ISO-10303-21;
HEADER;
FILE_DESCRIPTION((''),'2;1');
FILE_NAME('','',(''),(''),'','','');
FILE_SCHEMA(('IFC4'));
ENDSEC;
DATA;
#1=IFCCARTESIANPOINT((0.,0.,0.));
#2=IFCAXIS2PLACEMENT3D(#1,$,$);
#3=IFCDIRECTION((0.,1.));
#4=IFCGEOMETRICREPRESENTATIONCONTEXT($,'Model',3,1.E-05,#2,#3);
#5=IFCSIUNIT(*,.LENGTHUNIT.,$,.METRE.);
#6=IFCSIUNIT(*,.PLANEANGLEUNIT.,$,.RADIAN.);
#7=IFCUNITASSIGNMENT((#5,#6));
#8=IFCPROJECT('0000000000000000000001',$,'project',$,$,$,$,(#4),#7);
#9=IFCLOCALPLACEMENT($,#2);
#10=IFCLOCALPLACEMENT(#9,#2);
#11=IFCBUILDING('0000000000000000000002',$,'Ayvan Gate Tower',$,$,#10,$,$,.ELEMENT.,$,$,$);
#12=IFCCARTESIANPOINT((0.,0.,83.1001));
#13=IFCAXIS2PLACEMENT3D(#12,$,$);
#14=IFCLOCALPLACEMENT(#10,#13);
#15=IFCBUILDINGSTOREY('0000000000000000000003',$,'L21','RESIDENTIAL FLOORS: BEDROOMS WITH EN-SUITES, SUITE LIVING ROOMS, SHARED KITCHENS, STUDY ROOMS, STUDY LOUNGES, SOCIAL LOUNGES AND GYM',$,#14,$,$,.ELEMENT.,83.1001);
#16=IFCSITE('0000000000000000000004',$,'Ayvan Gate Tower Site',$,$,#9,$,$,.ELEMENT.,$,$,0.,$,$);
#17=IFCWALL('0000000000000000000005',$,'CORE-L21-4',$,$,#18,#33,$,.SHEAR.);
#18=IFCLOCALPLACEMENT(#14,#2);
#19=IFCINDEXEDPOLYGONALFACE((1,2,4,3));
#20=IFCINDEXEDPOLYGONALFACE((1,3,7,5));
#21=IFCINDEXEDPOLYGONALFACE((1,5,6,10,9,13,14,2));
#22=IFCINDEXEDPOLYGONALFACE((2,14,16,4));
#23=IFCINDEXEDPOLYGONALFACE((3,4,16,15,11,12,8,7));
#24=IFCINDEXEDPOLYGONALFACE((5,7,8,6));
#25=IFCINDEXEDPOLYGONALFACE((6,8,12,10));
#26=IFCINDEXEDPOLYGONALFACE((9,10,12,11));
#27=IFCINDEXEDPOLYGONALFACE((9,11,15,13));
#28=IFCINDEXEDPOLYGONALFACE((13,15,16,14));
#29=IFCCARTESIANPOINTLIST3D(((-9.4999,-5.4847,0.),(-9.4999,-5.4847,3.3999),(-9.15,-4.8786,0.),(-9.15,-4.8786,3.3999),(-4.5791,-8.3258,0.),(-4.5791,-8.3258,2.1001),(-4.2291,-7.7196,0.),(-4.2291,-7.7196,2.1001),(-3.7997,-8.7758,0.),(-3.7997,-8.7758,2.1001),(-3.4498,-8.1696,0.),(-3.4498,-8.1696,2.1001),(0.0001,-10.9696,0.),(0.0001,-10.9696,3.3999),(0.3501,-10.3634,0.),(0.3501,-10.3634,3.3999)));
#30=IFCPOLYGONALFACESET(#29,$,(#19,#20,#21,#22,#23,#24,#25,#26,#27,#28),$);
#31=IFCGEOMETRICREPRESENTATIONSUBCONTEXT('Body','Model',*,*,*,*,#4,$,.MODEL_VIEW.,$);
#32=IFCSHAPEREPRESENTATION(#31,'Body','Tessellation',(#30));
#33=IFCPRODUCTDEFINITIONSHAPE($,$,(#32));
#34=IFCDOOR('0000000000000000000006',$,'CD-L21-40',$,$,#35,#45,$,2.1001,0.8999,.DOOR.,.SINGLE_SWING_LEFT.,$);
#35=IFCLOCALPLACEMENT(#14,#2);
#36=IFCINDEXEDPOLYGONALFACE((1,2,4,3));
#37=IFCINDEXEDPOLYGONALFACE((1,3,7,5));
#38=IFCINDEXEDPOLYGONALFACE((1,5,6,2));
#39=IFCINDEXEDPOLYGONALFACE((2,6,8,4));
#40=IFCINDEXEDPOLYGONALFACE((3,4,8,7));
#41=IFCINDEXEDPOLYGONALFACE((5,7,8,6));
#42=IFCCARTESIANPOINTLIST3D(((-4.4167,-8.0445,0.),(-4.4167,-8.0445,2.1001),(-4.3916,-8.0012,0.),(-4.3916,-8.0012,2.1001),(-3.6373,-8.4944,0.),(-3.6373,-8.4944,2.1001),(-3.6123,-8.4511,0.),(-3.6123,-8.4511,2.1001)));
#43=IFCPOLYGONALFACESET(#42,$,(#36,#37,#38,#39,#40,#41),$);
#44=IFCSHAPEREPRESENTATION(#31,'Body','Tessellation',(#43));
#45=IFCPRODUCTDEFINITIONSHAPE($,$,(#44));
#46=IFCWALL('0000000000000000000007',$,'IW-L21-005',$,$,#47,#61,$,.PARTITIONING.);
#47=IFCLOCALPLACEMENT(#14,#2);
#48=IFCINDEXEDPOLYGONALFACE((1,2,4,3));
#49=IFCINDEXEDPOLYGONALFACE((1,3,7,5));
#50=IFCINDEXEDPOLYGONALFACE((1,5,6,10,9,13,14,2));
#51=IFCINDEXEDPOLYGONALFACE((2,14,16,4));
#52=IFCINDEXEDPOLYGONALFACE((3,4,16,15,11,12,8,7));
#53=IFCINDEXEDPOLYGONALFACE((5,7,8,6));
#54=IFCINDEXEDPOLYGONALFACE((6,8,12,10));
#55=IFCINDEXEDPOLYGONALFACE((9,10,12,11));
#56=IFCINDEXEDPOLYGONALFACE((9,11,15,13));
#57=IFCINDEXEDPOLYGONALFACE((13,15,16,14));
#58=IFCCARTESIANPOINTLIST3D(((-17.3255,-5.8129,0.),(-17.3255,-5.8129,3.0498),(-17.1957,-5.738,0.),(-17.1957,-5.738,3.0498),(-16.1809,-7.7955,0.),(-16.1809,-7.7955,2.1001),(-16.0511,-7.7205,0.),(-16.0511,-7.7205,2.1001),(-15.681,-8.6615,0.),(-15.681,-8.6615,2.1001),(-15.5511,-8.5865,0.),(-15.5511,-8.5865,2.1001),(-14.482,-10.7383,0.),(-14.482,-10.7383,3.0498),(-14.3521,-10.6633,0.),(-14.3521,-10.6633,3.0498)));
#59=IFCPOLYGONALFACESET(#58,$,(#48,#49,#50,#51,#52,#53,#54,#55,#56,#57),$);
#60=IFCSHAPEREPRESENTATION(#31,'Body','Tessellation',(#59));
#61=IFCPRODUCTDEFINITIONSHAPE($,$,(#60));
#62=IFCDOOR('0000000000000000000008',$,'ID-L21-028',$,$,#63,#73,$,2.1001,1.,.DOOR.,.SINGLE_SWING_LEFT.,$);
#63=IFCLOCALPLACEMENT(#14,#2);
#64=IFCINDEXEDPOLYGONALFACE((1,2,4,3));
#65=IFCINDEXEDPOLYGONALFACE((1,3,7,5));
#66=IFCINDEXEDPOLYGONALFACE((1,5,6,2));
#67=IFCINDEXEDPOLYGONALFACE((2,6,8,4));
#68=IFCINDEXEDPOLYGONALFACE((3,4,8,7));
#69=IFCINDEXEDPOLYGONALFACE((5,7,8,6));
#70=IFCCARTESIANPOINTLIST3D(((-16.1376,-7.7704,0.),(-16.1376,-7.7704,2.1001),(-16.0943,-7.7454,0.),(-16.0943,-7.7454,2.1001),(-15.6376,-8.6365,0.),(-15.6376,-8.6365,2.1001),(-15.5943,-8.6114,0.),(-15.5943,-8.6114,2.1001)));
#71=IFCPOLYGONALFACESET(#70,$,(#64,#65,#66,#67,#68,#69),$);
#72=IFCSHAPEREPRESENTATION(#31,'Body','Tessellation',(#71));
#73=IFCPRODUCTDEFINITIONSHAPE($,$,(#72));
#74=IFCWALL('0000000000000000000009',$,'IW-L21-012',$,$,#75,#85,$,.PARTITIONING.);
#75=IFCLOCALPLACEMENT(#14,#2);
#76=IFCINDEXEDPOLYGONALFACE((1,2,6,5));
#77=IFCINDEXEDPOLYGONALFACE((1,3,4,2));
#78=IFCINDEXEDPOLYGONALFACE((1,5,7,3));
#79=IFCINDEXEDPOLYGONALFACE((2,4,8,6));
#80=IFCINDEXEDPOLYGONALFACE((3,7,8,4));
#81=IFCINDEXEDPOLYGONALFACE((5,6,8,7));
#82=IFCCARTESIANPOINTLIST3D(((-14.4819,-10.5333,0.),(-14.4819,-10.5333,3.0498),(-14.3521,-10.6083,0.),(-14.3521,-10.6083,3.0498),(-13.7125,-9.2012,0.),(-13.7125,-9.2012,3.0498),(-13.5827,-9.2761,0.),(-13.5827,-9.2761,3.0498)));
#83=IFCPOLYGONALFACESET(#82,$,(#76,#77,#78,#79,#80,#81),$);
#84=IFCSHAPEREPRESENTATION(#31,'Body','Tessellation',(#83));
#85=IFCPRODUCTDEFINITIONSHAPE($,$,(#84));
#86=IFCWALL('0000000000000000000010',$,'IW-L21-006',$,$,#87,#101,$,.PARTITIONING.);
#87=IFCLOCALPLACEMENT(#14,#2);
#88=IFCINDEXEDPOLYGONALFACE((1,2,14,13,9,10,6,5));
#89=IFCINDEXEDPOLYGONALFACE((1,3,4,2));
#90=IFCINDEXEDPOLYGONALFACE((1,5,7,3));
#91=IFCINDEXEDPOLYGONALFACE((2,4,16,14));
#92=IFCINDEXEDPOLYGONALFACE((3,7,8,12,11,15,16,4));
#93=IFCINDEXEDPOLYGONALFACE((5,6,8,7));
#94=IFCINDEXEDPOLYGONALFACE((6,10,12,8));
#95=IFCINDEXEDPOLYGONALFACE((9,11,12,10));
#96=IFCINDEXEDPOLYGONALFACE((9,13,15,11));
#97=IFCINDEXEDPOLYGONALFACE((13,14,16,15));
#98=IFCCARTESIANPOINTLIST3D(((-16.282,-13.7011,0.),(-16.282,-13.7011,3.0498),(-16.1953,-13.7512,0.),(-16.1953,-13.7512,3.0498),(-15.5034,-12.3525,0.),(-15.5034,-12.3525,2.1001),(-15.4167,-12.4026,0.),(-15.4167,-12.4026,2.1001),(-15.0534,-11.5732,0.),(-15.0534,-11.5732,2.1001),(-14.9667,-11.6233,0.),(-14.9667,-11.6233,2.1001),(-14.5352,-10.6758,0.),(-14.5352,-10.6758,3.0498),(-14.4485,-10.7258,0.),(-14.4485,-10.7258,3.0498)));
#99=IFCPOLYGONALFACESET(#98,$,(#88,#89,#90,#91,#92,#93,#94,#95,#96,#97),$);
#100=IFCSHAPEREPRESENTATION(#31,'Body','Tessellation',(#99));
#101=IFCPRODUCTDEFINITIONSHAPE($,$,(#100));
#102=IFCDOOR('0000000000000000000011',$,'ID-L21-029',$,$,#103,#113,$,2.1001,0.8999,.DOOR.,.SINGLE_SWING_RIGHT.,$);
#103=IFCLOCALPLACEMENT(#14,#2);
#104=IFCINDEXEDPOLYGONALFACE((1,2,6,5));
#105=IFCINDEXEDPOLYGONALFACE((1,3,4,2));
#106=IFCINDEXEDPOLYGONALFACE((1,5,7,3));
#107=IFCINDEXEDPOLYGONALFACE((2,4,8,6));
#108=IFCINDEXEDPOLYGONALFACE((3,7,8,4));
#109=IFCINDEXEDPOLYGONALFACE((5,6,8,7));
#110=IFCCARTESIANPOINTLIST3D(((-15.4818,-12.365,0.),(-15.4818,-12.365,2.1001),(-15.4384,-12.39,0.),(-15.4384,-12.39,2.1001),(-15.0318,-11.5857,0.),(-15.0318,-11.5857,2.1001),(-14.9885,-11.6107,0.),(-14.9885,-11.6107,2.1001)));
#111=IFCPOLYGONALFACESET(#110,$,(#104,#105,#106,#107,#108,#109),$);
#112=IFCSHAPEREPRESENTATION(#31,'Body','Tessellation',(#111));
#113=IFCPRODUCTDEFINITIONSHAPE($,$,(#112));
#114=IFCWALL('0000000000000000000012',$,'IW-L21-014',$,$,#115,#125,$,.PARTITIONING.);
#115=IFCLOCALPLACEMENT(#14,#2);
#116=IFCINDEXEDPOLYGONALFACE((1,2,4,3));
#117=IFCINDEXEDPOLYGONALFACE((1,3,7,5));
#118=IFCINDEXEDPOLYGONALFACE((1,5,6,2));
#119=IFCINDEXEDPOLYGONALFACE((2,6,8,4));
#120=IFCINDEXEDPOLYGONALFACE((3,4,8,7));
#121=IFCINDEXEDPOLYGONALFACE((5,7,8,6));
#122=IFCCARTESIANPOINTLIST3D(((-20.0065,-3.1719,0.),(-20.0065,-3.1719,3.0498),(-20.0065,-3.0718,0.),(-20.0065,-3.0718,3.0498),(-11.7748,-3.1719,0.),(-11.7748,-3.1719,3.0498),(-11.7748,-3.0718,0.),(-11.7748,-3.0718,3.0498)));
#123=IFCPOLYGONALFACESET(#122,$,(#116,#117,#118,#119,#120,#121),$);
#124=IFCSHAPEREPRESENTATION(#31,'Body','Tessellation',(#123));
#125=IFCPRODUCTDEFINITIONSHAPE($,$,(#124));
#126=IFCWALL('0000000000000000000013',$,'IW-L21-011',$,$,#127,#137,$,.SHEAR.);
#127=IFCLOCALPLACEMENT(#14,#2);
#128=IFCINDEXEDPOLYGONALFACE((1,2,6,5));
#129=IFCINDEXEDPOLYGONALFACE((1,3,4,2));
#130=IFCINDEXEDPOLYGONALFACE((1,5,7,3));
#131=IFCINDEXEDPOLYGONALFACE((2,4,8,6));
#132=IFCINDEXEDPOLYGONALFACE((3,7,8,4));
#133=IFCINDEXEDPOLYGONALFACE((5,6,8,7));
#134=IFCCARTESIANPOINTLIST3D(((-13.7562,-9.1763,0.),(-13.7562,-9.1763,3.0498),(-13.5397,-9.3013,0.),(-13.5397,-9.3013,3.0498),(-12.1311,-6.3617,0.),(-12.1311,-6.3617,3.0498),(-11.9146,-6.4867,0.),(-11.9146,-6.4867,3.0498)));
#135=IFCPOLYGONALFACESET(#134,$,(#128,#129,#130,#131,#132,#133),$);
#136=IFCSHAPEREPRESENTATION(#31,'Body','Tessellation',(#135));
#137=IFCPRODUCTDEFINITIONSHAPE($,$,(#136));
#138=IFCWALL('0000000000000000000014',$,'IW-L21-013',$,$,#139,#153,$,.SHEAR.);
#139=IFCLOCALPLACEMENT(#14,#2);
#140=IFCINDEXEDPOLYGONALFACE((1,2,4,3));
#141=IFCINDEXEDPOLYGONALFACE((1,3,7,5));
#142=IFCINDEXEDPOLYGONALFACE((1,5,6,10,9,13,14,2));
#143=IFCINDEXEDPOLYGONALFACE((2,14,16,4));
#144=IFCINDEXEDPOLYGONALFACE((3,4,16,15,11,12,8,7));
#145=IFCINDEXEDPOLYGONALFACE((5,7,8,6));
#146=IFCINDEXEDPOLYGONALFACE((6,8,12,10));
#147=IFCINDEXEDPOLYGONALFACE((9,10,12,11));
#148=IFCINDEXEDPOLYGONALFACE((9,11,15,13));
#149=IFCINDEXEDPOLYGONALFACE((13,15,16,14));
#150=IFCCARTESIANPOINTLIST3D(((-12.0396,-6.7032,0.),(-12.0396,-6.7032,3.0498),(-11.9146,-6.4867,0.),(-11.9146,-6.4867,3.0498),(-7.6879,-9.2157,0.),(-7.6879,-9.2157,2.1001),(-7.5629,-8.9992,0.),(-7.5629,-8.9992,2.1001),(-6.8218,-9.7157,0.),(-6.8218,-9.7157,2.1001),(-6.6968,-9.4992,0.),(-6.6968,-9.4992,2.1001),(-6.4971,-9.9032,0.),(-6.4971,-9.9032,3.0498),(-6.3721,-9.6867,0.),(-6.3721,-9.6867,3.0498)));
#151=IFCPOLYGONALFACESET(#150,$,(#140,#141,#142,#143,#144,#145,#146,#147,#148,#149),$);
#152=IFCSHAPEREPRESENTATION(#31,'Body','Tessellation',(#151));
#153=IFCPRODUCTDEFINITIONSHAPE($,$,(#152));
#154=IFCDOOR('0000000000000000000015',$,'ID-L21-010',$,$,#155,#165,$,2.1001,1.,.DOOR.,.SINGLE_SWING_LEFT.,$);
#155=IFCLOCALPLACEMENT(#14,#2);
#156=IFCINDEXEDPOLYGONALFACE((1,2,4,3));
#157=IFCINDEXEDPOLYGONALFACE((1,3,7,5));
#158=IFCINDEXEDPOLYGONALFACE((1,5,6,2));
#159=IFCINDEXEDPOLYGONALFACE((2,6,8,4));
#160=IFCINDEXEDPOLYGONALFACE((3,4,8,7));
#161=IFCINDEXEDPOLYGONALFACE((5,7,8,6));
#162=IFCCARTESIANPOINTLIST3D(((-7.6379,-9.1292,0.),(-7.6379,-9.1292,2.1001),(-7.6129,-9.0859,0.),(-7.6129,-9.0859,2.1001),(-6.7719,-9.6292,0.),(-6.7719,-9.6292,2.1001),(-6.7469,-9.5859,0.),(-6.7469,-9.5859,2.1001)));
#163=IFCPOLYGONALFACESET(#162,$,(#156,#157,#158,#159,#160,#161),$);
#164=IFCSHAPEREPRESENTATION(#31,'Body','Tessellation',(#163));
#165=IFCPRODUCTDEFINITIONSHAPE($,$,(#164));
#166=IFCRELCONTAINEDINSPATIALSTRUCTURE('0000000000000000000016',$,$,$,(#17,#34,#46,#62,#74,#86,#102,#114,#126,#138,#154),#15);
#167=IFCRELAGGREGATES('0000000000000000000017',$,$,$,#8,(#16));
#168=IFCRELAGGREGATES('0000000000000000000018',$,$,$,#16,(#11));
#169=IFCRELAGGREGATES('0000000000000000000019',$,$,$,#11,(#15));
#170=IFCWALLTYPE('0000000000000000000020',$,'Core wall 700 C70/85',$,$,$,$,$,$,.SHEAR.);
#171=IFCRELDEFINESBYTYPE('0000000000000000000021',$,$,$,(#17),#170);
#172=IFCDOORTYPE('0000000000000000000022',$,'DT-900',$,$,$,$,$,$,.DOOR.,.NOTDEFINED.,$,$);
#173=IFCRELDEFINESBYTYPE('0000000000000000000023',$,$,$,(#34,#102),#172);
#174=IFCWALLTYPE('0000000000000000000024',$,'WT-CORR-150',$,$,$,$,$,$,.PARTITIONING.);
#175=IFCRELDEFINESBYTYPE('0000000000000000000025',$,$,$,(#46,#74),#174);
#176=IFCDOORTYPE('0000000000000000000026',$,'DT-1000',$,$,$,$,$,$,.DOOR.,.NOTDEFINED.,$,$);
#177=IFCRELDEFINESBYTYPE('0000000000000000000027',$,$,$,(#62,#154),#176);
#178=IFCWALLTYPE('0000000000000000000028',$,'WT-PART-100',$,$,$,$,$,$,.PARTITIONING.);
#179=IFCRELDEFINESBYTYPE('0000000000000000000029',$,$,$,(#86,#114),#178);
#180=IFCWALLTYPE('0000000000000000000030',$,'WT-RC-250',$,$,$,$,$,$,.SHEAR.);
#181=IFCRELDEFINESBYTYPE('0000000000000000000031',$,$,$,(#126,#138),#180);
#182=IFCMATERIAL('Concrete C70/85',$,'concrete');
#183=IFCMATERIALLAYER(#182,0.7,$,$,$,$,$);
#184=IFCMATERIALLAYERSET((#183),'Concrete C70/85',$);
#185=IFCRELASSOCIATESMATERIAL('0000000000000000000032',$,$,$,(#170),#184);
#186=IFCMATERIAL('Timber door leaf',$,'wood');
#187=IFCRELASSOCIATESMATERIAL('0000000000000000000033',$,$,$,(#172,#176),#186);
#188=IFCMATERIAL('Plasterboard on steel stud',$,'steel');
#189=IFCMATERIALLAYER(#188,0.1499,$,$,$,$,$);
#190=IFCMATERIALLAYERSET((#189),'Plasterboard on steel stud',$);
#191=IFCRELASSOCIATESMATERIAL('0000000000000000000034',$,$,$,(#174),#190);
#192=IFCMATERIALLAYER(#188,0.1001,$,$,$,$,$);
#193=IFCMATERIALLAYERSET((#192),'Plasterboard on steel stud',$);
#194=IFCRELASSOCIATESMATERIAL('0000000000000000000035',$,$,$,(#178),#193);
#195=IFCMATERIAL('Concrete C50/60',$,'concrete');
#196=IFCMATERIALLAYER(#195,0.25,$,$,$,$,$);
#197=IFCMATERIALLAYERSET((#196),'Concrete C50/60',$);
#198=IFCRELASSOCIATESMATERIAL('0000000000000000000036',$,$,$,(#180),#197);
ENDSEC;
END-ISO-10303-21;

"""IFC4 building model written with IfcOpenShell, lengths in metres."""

from ifc_helpers import new_model, si_unit, direction, frame, frame_2d, origin, place, context, subcontext, project, spatial, rectangle, extrude, material, layer, layer_set, type_object, element, fill, save


model = new_model("IFC4")

# Units and contexts
model_context = context("Model", 3, precision=1e-05, world=origin(), true_north=direction((0.0, 1.0)))
body_context = subcontext(model_context, "Body", "Model", "MODEL_VIEW")
ifc_project = project(units=[si_unit("LENGTHUNIT", "METRE"), si_unit("PLANEANGLEUNIT", "RADIAN")], contexts=[model_context])

# Site, building, storey
site_placement = place(None, origin())
site = spatial("IfcSite", under=ifc_project, at=site_placement, Name="Ayvan Gate Tower Site", CompositionType="ELEMENT", RefElevation=0.0)
building_placement = place(site_placement, origin())
building = spatial("IfcBuilding", under=site, at=building_placement, Name="Ayvan Gate Tower", CompositionType="ELEMENT")
storey_placement = place(building_placement, frame((0.0, 0.0, 83.1001)))
storey = spatial("IfcBuildingStorey", under=building, at=storey_placement, Name="L21", Description="RESIDENTIAL FLOORS: BEDROOMS WITH EN-SUITES, SUITE LIVING ROOMS, SHARED KITCHENS, STUDY ROOMS, STUDY LOUNGES, SOCIAL LOUNGES AND GYM", CompositionType="ELEMENT", Elevation=83.1001)

# Walls, openings, doors
ifc_material_1 = material(Name="Concrete C70/85", Category="concrete")
ifc_layer_1 = layer(ifc_material_1, 0.7)
ifc_layer_set_1 = layer_set([ifc_layer_1], Name="Concrete C70/85")
wall_type_1 = type_object("IfcWallType", Name="Core wall 700 C70/85", PredefinedType="SHEAR", material=ifc_layer_set_1)
wall_1_placement = place(storey_placement, frame((-9.325, -5.1816, 0.0), z_axis=(0.0, 0.0, 1.0), x_axis=(0.866024, -0.500002, 0.0)))
wall_1 = element("IfcWall", 1, at=wall_1_placement, inside=storey, type_object=wall_type_1, Name="CORE-L21-4", PredefinedType="SHEAR", context=body_context, shape_type="SweptSolid", body=[
    extrude(rectangle(XDim=10.9697, YDim=0.7, at=frame_2d((5.4849, 0.0))), origin(), (0.0, 0.0, 1.0), 3.3999),
])
opening_1_placement = place(wall_1_placement, frame((5.6821, 0.0, 0.0)))
opening_1 = element("IfcOpeningElement", 2, at=opening_1_placement, cuts=wall_1, PredefinedType="OPENING", context=body_context, shape_type="SweptSolid", body=[
    extrude(rectangle(XDim=0.8999, YDim=2.1001, at=frame_2d((0.45, 1.05))), frame((0.0, 0.3599, 0.0), z_axis=(0.0, -1.0, 0.0), x_axis=(1.0, 0.0, 0.0)), (0.0, 0.0, 1.0), 0.72),
])
ifc_material_2 = material(Name="Timber door leaf", Category="wood")
door_type_1 = type_object("IfcDoorType", Name="DT-900", OperationType="NOTDEFINED", PredefinedType="DOOR", material=ifc_material_2)
door_1_placement = place(opening_1_placement, origin())
door_1 = element("IfcDoor", 3, at=door_1_placement, inside=storey, type_object=door_type_1, Name="CD-L21-40", OperationType="SINGLE_SWING_LEFT", OverallHeight=2.1001, OverallWidth=0.8999, PredefinedType="DOOR", context=body_context, shape_type="SweptSolid", body=[
    extrude(rectangle(XDim=0.8999, YDim=2.1001, at=frame_2d((0.45, 1.05))), frame((0.0, 0.0249, 0.0), z_axis=(0.0, -1.0, 0.0), x_axis=(1.0, 0.0, 0.0)), (0.0, 0.0, 1.0), 0.05),
])
fill(opening_1, door_1)
ifc_material_3 = material(Name="Plasterboard on steel stud", Category="steel")
ifc_layer_2 = layer(ifc_material_3, 0.1499)
ifc_layer_set_2 = layer_set([ifc_layer_2], Name="Plasterboard on steel stud")
wall_type_2 = type_object("IfcWallType", Name="WT-CORR-150", PredefinedType="PARTITIONING", material=ifc_layer_set_2)
wall_2_placement = place(storey_placement, frame((-14.417, -10.7009, 0.0), z_axis=(0.0, 0.0, 1.0), x_axis=(-0.499985, 0.866034, 0.0)))
wall_2 = element("IfcWall", 4, at=wall_2_placement, inside=storey, type_object=wall_type_2, Name="IW-L21-005", PredefinedType="PARTITIONING", context=body_context, shape_type="SweptSolid", body=[
    extrude(rectangle(XDim=5.6873, YDim=0.1499, at=frame_2d((2.8438, 0.0))), origin(), (0.0, 0.0, 1.0), 3.0498),
])
opening_2_placement = place(wall_2_placement, frame((2.3982, 0.0, 0.0)))
opening_2 = element("IfcOpeningElement", 5, at=opening_2_placement, cuts=wall_2, PredefinedType="OPENING", context=body_context, shape_type="SweptSolid", body=[
    extrude(rectangle(XDim=1.0, YDim=2.1001, at=frame_2d((0.5, 1.05))), frame((0.0, 0.085, 0.0), z_axis=(0.0, -1.0, 0.0), x_axis=(1.0, 0.0, 0.0)), (0.0, 0.0, 1.0), 0.1699),
])
door_type_2 = type_object("IfcDoorType", Name="DT-1000", OperationType="NOTDEFINED", PredefinedType="DOOR", material=ifc_material_2)
door_2_placement = place(opening_2_placement, origin())
door_2 = element("IfcDoor", 6, at=door_2_placement, inside=storey, type_object=door_type_2, Name="ID-L21-028", OperationType="SINGLE_SWING_LEFT", OverallHeight=2.1001, OverallWidth=1.0, PredefinedType="DOOR", context=body_context, shape_type="SweptSolid", body=[
    extrude(rectangle(XDim=1.0, YDim=2.1001, at=frame_2d((0.5, 1.05))), frame((0.0, 0.0249, 0.0), z_axis=(0.0, -1.0, 0.0), x_axis=(1.0, 0.0, 0.0)), (0.0, 0.0, 1.0), 0.05),
])
fill(opening_2, door_2)

# Wall
wall_3_placement = place(storey_placement, frame((-13.6477, -9.2388, 0.0), z_axis=(0.0, 0.0, 1.0), x_axis=(-0.500116, -0.865958, 0.0)))
element("IfcWall", 7, at=wall_3_placement, inside=storey, type_object=wall_type_2, Name="IW-L21-012", PredefinedType="PARTITIONING", context=body_context, shape_type="SweptSolid", body=[
    extrude(rectangle(XDim=1.5383, YDim=0.1499, at=frame_2d((0.769, 0.0))), origin(), (0.0, 0.0, 1.0), 3.0498),
])

# Wall, opening, door
ifc_layer_3 = layer(ifc_material_3, 0.1001)
ifc_layer_set_3 = layer_set([ifc_layer_3], Name="Plasterboard on steel stud")
wall_type_3 = type_object("IfcWallType", Name="WT-PART-100", PredefinedType="PARTITIONING", material=ifc_layer_set_3)
wall_4_placement = place(storey_placement, frame((-14.4919, -10.7009, 0.0), z_axis=(0.0, 0.0, 1.0), x_axis=(-0.500025, -0.866011, 0.0)))
wall_4 = element("IfcWall", 8, at=wall_4_placement, inside=storey, type_object=wall_type_3, Name="IW-L21-006", PredefinedType="PARTITIONING", context=body_context, shape_type="SweptSolid", body=[
    extrude(rectangle(XDim=3.4934, YDim=0.1001, at=frame_2d((1.7466, 0.0))), origin(), (0.0, 0.0, 1.0), 3.0498),
])
opening_3_placement = place(wall_4_placement, frame((1.0361, 0.0, 0.0)))
opening_3 = element("IfcOpeningElement", 9, at=opening_3_placement, cuts=wall_4, PredefinedType="OPENING", context=body_context, shape_type="SweptSolid", body=[
    extrude(rectangle(XDim=0.8999, YDim=2.1001, at=frame_2d((0.45, 1.05))), frame((0.0, 0.0601, 0.0), z_axis=(0.0, -1.0, 0.0), x_axis=(1.0, 0.0, 0.0)), (0.0, 0.0, 1.0), 0.1201),
])
door_3_placement = place(opening_3_placement, origin())
door_3 = element("IfcDoor", 10, at=door_3_placement, inside=storey, type_object=door_type_1, Name="ID-L21-029", OperationType="SINGLE_SWING_RIGHT", OverallHeight=2.1001, OverallWidth=0.8999, PredefinedType="DOOR", context=body_context, shape_type="SweptSolid", body=[
    extrude(rectangle(XDim=0.8999, YDim=2.1001, at=frame_2d((0.45, 1.05))), frame((0.0, 0.0249, 0.0), z_axis=(0.0, -1.0, 0.0), x_axis=(1.0, 0.0, 0.0)), (0.0, 0.0, 1.0), 0.05),
])
fill(opening_3, door_3)

# Walls
wall_5_placement = place(storey_placement, frame((-11.7749, -3.1218, 0.0), z_axis=(0.0, 0.0, 1.0), x_axis=(-1.0, 0.0, 0.0)))
element("IfcWall", 11, at=wall_5_placement, inside=storey, type_object=wall_type_3, Name="IW-L21-014", PredefinedType="PARTITIONING", context=body_context, shape_type="SweptSolid", body=[
    extrude(rectangle(XDim=8.2317, YDim=0.1001, at=frame_2d((4.1157, 0.0))), origin(), (0.0, 0.0, 1.0), 3.0498),
])
ifc_material_4 = material(Name="Concrete C50/60", Category="concrete")
ifc_layer_4 = layer(ifc_material_4, 0.25)
ifc_layer_set_4 = layer_set([ifc_layer_4], Name="Concrete C50/60")
wall_type_4 = type_object("IfcWallType", Name="WT-RC-250", PredefinedType="SHEAR", material=ifc_layer_set_4)
wall_6_placement = place(storey_placement, frame((-13.6479, -9.2388, 0.0), z_axis=(0.0, 0.0, 1.0), x_axis=(0.500017, 0.866015, 0.0)))
element("IfcWall", 12, at=wall_6_placement, inside=storey, type_object=wall_type_4, Name="IW-L21-011", PredefinedType="SHEAR", context=body_context, shape_type="SweptSolid", body=[
    extrude(rectangle(XDim=3.25, YDim=0.25, at=frame_2d((1.625, 0.0))), origin(), (0.0, 0.0, 1.0), 3.0498),
])

# Wall, opening, door
wall_7_placement = place(storey_placement, frame((-11.9771, -6.595, 0.0), z_axis=(0.0, 0.0, 1.0), x_axis=(0.866025, -0.5, 0.0)))
wall_7 = element("IfcWall", 13, at=wall_7_placement, inside=storey, type_object=wall_type_4, Name="IW-L21-013", PredefinedType="SHEAR", context=body_context, shape_type="SweptSolid", body=[
    extrude(rectangle(XDim=6.3999, YDim=0.25, at=frame_2d((3.2, 0.0))), origin(), (0.0, 0.0, 1.0), 3.0498),
])
opening_4_placement = place(wall_7_placement, frame((5.0249, 0.0, 0.0)))
opening_4 = element("IfcOpeningElement", 14, at=opening_4_placement, cuts=wall_7, PredefinedType="OPENING", context=body_context, shape_type="SweptSolid", body=[
    extrude(rectangle(XDim=1.0, YDim=2.1001, at=frame_2d((0.5, 1.05))), frame((0.0, 0.135, 0.0), z_axis=(0.0, -1.0, 0.0), x_axis=(1.0, 0.0, 0.0)), (0.0, 0.0, 1.0), 0.27),
])
door_4_placement = place(opening_4_placement, origin())
door_4 = element("IfcDoor", 15, at=door_4_placement, inside=storey, type_object=door_type_2, Name="ID-L21-010", OperationType="SINGLE_SWING_LEFT", OverallHeight=2.1001, OverallWidth=1.0, PredefinedType="DOOR", context=body_context, shape_type="SweptSolid", body=[
    extrude(rectangle(XDim=1.0, YDim=2.1001, at=frame_2d((0.5, 1.05))), frame((0.0, 0.0249, 0.0), z_axis=(0.0, -1.0, 0.0), x_axis=(1.0, 0.0, 0.0)), (0.0, 0.0, 1.0), 0.05),
])
fill(opening_4, door_4)

save(model, "model.ifc")
